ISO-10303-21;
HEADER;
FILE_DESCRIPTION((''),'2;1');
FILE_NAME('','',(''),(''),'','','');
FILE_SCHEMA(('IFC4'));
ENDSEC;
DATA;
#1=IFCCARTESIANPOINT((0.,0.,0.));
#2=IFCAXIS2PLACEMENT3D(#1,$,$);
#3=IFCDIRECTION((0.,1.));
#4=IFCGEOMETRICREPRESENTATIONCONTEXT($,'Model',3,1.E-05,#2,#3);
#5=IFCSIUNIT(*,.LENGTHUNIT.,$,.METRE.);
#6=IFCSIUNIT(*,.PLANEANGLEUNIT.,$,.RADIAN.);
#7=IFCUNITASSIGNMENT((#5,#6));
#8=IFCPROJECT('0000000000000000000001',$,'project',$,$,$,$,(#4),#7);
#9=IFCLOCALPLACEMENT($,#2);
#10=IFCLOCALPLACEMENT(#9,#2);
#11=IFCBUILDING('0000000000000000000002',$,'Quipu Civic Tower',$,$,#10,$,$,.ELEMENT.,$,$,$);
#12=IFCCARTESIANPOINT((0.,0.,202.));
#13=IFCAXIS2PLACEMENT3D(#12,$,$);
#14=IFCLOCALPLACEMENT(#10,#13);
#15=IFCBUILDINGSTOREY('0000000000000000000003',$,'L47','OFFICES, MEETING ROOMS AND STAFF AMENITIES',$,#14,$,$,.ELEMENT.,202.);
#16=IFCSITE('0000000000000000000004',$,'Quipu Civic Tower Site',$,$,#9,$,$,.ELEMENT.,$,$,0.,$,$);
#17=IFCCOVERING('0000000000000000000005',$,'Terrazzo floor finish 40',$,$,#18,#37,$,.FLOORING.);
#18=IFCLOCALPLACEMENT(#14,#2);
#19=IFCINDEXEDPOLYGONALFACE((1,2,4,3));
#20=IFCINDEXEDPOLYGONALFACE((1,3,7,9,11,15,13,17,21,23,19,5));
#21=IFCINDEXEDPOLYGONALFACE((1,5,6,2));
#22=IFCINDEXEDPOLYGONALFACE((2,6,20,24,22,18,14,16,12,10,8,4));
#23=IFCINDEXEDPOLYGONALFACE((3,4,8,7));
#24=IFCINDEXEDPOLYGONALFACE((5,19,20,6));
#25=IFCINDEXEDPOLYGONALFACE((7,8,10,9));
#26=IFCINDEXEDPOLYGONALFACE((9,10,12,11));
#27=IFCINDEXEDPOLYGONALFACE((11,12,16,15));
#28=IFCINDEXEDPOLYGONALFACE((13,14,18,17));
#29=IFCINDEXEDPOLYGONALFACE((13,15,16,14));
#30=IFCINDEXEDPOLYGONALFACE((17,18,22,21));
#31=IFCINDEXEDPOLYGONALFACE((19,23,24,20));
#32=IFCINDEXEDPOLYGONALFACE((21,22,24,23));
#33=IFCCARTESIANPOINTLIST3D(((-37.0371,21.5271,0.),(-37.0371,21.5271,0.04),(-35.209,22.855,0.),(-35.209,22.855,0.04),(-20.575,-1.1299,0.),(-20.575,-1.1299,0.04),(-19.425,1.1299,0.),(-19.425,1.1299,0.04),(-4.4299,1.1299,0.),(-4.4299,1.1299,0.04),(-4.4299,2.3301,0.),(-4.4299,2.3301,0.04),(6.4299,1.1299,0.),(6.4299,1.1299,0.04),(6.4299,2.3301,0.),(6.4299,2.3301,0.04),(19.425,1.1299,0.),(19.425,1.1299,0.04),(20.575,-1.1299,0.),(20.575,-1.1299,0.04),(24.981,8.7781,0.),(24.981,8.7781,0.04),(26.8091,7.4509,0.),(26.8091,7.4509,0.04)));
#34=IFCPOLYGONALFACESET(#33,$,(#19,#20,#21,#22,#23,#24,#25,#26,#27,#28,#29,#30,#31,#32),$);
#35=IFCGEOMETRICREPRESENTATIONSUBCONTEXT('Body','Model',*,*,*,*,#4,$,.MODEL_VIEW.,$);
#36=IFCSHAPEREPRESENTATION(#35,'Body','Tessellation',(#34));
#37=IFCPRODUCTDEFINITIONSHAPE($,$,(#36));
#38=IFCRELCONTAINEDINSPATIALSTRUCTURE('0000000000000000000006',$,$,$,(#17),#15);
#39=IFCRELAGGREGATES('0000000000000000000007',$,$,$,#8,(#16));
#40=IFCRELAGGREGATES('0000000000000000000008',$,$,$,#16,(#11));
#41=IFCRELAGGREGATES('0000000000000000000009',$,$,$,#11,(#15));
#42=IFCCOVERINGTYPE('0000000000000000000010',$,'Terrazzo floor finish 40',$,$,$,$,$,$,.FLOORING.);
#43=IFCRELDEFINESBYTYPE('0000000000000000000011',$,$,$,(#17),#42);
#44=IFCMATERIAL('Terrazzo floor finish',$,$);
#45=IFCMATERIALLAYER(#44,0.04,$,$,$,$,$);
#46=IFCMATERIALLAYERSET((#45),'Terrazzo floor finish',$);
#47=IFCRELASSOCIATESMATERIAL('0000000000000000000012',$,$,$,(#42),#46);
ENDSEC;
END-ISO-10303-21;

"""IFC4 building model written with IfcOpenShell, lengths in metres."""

from ifc_helpers import new_model, si_unit, direction, frame, origin, place, context, subcontext, project, spatial, polyline, outline, extrude, material, layer, layer_set, type_object, element, save


model = new_model("IFC4")

# Units and contexts
model_context = context("Model", 3, precision=1e-05, world=origin(), true_north=direction((0.0, 1.0)))
body_context = subcontext(model_context, "Body", "Model", "MODEL_VIEW")
ifc_project = project(units=[si_unit("LENGTHUNIT", "METRE"), si_unit("PLANEANGLEUNIT", "RADIAN")], contexts=[model_context])

# Site, building, storey
site_placement = place(None, origin())
site = spatial("IfcSite", under=ifc_project, at=site_placement, Name="Quipu Civic Tower Site", CompositionType="ELEMENT", RefElevation=0.0)
building_placement = place(site_placement, origin())
building = spatial("IfcBuilding", under=site, at=building_placement, Name="Quipu Civic Tower", CompositionType="ELEMENT")
storey_placement = place(building_placement, frame((0.0, 0.0, 202.0)))
storey = spatial("IfcBuildingStorey", under=building, at=storey_placement, Name="L47", Description="OFFICES, MEETING ROOMS AND STAFF AMENITIES", CompositionType="ELEMENT", Elevation=202.0)

# Covering
ifc_material_1 = material(Name="Terrazzo floor finish")
ifc_layer_1 = layer(ifc_material_1, 0.04)
ifc_layer_set_1 = layer_set([ifc_layer_1], Name="Terrazzo floor finish")
covering_type_1 = type_object("IfcCoveringType", Name="Terrazzo floor finish 40", PredefinedType="FLOORING", material=ifc_layer_set_1)
covering_1_placement = place(storey_placement, origin())
element("IfcCovering", 1, at=covering_1_placement, inside=storey, type_object=covering_type_1, Name="Terrazzo floor finish 40", PredefinedType="FLOORING", context=body_context, shape_type="SweptSolid", body=[
    extrude(outline(polyline([(19.425, 1.1299), (24.981, 8.7781), (26.8091, 7.4509), (20.575, -1.1299), (-20.575, -1.1299), (-37.0371, 21.5271), (-35.209, 22.855), (-19.425, 1.1299), (-4.4299, 1.1299), (-4.4299, 2.3301), (6.4299, 2.3301), (6.4299, 1.1299), (19.425, 1.1299)])), origin(), (0.0, 0.0, 1.0), 0.04),
])

save(model, "model.ifc")
